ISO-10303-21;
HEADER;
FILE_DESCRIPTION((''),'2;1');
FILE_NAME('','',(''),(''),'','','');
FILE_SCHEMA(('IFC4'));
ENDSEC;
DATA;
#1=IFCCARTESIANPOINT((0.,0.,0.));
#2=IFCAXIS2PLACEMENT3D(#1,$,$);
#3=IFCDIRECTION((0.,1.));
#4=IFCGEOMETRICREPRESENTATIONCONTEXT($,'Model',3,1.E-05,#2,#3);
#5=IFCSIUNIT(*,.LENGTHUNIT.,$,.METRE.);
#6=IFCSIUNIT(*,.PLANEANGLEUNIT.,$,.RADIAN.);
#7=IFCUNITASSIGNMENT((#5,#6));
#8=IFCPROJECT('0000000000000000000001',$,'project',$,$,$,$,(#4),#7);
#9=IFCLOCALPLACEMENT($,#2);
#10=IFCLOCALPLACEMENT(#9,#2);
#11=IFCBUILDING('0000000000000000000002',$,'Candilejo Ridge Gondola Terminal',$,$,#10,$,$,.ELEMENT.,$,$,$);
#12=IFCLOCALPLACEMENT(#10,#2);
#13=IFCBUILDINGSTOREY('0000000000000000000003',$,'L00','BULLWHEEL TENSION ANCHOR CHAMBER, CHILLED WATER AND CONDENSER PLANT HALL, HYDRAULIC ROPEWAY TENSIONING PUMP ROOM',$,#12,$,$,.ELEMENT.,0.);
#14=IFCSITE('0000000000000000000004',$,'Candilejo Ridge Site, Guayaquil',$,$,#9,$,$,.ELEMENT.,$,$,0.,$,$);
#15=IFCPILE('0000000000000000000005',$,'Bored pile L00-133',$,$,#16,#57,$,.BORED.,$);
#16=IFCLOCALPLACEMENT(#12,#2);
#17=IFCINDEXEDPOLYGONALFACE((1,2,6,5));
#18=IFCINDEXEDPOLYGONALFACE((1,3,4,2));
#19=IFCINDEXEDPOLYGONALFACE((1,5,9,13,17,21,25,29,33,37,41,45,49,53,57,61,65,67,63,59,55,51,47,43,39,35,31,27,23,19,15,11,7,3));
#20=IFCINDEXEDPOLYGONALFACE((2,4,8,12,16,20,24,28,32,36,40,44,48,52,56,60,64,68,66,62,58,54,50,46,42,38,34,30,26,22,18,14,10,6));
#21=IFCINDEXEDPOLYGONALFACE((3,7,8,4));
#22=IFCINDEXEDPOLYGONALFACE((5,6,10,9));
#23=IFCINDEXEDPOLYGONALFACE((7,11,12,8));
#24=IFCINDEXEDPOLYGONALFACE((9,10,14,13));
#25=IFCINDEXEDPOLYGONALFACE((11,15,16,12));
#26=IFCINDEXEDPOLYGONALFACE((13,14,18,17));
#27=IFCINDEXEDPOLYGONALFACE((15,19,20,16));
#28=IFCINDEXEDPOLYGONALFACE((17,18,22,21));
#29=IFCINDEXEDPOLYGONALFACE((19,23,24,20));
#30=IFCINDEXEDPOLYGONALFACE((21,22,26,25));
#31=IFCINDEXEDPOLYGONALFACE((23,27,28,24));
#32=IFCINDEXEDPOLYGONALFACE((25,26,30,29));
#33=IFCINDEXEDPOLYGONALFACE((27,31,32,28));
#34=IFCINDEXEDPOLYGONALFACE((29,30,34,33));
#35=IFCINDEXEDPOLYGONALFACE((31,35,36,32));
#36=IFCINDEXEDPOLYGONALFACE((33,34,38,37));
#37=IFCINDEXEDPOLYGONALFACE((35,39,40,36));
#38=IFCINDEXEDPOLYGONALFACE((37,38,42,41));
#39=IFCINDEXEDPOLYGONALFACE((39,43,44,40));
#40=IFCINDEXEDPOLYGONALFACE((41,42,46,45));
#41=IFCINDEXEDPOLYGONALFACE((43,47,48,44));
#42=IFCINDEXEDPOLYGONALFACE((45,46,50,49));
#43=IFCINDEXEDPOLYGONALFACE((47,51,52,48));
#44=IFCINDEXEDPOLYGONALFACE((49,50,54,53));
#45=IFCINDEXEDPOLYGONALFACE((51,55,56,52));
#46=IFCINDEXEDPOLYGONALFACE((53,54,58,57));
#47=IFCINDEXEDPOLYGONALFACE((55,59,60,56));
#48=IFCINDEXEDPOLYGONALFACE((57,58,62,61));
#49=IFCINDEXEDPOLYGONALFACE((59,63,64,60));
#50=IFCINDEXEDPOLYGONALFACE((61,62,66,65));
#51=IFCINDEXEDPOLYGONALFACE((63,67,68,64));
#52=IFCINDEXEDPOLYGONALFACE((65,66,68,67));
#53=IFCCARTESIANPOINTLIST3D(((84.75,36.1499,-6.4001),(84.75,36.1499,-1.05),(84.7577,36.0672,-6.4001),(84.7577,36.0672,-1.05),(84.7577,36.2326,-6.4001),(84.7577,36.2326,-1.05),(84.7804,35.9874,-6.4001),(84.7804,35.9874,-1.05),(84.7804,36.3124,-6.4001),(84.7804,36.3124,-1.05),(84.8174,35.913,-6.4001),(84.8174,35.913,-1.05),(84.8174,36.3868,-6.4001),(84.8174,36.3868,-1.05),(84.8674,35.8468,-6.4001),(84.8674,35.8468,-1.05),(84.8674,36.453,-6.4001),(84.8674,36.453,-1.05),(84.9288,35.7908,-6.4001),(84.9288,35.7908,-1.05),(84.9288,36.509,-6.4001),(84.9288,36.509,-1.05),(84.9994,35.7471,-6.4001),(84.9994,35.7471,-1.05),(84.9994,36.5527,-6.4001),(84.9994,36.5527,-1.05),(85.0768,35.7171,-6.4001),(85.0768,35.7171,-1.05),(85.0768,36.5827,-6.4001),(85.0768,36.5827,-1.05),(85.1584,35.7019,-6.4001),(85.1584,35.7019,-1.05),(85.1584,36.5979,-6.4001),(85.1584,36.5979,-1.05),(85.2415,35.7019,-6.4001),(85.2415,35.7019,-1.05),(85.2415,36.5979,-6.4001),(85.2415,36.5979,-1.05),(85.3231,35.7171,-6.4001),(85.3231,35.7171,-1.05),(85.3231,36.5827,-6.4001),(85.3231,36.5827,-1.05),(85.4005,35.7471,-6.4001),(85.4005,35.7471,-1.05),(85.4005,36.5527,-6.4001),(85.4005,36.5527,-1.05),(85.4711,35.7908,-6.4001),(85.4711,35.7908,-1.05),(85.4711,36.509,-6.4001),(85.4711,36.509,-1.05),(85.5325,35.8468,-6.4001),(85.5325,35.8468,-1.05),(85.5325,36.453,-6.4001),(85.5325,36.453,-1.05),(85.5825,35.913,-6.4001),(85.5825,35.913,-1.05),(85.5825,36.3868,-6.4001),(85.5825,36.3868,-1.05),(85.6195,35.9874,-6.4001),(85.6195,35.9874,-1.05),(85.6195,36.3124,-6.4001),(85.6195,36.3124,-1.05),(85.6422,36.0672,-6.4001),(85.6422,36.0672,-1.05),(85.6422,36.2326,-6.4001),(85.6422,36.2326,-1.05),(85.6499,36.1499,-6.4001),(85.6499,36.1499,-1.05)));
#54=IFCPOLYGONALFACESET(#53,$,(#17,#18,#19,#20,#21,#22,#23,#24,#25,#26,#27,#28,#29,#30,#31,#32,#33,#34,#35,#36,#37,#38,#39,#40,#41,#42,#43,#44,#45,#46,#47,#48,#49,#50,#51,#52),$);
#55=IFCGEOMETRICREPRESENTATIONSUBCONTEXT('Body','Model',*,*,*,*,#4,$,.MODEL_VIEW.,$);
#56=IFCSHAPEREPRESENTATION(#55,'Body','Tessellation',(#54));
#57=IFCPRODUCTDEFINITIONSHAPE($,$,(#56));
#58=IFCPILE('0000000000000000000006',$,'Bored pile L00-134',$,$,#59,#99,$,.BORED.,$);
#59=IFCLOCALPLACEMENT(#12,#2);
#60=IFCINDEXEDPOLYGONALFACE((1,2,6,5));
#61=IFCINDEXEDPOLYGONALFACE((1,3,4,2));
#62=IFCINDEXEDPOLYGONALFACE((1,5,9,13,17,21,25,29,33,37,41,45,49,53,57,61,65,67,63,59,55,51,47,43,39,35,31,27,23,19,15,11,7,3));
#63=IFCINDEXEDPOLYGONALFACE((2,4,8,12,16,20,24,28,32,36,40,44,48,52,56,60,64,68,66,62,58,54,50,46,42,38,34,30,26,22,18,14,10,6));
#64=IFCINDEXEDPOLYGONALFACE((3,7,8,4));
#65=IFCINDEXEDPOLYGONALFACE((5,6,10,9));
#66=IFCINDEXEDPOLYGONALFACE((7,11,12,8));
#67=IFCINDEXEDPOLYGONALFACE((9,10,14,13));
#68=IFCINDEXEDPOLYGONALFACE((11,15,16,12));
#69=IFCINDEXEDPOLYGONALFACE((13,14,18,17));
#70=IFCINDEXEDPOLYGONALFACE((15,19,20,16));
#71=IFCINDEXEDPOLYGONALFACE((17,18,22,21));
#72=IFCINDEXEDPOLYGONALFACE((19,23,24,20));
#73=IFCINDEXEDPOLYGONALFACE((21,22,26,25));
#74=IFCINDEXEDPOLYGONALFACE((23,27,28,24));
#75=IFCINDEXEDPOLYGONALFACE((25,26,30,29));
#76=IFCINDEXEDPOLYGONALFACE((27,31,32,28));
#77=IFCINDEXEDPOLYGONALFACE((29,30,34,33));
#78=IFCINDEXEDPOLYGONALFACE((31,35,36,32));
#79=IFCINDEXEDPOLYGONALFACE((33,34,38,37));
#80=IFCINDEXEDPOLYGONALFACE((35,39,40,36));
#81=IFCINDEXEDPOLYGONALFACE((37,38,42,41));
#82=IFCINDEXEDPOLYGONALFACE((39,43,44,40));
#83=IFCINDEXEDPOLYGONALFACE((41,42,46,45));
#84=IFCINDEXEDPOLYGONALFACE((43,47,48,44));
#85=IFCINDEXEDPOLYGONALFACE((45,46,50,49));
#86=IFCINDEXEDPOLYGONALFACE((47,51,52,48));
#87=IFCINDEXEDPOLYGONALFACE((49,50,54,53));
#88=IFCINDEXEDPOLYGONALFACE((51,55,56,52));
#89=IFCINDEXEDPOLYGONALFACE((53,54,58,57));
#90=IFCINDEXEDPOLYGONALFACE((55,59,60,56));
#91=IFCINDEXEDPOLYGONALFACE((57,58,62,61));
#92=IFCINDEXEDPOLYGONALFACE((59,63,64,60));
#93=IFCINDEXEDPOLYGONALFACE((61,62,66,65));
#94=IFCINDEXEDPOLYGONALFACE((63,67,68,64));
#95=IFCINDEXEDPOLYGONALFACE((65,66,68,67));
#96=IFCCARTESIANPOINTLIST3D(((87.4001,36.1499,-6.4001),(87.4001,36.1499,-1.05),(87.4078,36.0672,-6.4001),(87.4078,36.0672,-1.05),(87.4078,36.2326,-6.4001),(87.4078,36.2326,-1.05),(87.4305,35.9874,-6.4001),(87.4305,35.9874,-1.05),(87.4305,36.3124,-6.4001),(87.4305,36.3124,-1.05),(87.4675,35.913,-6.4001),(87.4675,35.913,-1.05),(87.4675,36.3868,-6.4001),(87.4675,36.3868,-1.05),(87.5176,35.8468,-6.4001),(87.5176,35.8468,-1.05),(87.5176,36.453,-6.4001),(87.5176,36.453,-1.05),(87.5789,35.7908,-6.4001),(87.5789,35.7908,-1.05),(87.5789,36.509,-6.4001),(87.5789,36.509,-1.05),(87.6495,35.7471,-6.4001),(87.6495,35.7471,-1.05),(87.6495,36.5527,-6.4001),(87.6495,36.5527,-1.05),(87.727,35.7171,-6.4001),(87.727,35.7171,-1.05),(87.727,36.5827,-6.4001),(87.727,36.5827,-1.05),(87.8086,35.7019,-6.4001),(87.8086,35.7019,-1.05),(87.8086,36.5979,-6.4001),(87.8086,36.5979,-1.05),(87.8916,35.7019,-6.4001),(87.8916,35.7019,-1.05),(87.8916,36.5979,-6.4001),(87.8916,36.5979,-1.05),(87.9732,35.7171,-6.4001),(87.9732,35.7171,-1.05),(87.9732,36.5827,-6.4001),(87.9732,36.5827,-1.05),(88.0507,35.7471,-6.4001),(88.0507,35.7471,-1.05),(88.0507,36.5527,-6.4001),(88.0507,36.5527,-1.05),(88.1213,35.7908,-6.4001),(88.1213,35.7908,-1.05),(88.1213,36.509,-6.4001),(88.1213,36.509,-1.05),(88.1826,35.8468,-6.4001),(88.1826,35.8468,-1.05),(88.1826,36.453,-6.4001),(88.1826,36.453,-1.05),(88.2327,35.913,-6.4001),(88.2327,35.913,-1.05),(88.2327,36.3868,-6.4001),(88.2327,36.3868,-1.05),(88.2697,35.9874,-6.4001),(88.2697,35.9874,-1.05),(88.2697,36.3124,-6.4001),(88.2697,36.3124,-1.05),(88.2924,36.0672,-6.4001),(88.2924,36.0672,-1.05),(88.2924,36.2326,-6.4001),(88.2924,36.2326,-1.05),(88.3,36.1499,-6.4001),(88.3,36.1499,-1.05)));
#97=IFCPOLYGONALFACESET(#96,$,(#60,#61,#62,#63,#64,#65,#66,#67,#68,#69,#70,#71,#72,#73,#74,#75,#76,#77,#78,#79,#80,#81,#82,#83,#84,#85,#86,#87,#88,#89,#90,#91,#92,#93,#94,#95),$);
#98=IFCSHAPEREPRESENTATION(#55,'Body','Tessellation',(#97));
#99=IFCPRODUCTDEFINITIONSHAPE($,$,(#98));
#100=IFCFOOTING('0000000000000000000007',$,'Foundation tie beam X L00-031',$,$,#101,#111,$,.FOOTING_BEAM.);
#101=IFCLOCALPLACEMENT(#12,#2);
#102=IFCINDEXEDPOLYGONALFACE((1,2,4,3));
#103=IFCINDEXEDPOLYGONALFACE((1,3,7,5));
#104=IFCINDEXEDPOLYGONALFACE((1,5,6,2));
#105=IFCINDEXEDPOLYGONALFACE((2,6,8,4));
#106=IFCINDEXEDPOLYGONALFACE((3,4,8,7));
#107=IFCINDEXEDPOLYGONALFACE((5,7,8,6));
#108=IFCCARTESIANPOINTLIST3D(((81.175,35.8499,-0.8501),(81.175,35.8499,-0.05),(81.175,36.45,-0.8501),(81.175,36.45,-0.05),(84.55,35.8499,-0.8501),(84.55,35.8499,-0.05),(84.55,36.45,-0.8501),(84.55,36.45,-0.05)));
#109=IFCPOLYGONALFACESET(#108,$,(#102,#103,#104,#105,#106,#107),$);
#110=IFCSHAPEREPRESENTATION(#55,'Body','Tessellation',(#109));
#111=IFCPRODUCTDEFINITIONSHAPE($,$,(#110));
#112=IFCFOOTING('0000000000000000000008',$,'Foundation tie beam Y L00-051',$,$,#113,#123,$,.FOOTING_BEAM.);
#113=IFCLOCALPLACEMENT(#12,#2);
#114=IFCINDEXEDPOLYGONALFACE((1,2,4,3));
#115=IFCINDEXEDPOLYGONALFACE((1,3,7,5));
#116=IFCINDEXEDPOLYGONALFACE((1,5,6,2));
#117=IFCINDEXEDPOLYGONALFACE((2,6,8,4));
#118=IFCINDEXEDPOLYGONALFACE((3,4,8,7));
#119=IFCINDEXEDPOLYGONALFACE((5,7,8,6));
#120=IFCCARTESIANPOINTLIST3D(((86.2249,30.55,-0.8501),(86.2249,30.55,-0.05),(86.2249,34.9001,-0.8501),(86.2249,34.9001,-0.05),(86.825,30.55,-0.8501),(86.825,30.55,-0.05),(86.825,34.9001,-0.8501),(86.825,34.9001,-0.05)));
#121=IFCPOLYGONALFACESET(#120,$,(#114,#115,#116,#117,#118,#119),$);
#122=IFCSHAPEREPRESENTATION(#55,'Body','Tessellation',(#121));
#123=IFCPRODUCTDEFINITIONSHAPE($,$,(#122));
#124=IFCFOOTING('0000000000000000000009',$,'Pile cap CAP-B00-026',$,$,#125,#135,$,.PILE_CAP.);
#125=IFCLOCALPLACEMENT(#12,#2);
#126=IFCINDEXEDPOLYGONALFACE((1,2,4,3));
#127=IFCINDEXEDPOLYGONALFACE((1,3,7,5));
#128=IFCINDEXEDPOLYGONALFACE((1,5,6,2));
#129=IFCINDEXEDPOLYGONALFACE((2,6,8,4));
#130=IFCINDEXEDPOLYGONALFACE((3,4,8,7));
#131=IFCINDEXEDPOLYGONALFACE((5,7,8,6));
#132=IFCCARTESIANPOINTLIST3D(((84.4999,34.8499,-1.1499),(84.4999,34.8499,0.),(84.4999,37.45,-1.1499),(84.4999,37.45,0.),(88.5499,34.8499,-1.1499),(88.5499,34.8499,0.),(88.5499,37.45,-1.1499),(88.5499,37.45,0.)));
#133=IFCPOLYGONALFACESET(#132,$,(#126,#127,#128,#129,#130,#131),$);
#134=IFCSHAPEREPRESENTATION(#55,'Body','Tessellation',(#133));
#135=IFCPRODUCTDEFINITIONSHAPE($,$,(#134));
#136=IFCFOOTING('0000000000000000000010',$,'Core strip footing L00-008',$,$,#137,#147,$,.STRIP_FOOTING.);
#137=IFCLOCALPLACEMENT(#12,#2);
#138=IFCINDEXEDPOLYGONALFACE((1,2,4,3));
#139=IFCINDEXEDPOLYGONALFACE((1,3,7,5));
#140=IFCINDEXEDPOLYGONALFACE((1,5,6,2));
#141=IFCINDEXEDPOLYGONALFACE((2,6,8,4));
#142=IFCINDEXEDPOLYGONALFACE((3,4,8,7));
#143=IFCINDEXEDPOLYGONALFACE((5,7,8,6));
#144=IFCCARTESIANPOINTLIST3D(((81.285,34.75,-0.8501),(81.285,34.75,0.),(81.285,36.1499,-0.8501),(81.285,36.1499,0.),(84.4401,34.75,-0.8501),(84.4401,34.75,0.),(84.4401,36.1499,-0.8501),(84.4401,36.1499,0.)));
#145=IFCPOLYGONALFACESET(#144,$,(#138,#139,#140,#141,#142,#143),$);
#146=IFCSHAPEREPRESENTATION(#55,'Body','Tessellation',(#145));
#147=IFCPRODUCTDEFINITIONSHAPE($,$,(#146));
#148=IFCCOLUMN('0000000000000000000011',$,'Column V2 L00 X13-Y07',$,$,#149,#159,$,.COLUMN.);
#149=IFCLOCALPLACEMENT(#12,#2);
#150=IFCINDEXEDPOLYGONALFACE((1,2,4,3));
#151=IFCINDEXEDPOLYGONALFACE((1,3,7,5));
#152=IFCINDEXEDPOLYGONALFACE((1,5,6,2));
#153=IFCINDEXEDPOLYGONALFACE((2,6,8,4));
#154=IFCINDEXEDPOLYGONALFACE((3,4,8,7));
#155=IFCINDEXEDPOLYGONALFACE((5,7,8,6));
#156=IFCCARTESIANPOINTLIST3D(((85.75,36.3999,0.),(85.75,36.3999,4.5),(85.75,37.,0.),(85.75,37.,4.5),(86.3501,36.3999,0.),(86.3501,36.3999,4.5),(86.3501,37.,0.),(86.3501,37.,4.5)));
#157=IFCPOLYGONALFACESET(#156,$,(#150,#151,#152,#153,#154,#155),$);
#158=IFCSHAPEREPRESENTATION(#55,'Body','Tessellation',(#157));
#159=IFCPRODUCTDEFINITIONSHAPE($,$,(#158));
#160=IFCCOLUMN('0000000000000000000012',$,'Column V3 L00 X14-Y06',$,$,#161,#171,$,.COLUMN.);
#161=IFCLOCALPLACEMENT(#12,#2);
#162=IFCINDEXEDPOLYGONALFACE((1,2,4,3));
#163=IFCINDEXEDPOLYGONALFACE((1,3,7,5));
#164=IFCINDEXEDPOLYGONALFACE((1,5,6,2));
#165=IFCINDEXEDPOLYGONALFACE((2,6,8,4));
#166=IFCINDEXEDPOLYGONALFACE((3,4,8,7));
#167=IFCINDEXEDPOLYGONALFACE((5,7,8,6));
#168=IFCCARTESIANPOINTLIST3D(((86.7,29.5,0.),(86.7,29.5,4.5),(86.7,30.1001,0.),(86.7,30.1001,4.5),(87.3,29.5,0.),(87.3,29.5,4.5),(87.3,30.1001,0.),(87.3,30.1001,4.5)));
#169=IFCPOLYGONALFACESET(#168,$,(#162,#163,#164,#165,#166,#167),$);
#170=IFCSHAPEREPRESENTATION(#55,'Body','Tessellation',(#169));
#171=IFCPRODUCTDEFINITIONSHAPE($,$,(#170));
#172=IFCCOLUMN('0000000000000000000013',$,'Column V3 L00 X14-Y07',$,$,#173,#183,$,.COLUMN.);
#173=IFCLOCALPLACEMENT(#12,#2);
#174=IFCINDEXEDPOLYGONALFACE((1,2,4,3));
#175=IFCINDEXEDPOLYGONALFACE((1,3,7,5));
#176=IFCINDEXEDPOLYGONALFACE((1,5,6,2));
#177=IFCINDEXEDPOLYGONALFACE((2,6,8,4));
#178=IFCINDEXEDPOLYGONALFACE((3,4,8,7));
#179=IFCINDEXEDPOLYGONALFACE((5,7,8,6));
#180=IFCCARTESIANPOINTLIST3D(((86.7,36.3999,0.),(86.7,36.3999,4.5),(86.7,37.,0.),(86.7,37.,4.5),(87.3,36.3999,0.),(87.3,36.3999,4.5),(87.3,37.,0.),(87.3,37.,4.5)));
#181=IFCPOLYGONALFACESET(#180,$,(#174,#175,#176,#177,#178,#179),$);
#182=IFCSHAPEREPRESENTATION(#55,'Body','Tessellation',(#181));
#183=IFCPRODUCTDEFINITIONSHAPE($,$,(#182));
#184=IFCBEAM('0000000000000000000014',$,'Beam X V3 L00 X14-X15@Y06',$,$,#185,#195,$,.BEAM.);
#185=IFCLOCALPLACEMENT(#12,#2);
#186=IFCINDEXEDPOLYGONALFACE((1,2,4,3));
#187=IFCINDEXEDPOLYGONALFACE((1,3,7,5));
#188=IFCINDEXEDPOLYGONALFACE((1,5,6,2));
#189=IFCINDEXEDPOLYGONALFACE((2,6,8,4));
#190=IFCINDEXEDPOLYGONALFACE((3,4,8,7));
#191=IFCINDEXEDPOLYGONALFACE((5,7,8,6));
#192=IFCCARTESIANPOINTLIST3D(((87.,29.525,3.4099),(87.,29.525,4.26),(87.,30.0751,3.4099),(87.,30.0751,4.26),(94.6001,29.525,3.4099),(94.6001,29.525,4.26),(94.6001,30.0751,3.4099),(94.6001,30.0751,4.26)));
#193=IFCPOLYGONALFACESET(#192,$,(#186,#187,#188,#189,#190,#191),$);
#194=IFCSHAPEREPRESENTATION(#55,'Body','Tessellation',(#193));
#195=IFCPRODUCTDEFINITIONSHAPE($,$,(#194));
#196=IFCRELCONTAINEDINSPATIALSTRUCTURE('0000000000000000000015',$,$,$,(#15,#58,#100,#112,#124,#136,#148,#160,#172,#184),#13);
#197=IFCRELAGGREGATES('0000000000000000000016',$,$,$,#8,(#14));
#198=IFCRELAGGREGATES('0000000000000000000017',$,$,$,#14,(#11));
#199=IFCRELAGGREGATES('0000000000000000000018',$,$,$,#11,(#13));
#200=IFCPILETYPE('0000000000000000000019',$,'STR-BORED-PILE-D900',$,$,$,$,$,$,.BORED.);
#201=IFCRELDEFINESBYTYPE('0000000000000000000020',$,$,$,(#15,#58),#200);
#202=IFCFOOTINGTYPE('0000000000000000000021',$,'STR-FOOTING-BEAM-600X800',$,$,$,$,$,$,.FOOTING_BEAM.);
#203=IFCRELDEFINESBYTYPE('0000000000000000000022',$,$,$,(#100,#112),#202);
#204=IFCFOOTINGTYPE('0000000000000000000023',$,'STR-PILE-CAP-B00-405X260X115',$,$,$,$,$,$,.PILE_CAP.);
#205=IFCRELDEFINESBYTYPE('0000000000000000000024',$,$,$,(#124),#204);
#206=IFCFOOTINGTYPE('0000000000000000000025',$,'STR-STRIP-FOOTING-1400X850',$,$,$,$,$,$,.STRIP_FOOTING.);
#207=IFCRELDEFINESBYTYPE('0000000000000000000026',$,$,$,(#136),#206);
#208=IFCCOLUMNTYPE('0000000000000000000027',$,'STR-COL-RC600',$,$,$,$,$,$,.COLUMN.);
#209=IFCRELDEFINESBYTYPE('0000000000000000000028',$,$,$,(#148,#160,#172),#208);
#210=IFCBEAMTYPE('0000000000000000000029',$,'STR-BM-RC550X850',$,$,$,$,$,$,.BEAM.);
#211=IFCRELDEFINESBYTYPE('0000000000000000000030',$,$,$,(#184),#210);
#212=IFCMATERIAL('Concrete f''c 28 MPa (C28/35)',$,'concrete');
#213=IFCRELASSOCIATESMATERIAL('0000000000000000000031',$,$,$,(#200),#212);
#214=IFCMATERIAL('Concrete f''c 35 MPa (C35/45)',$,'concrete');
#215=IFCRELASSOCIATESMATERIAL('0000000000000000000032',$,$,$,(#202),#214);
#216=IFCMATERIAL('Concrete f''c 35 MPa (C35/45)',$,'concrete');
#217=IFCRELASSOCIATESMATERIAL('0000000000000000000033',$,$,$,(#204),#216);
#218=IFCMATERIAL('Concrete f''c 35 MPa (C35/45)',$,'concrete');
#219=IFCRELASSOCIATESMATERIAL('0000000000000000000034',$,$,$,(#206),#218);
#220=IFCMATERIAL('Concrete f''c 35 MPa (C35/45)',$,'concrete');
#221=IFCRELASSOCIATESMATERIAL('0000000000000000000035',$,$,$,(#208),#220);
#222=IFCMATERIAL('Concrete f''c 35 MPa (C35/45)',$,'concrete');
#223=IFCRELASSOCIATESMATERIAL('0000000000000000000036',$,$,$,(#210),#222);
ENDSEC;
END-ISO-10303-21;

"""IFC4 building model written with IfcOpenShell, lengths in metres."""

from ifc_helpers import new_model, si_unit, direction, frame, origin, origin_2d, place, context, subcontext, project, spatial, rectangle, circle, extrude, material, material_profile, profile_set, type_object, element, save


model = new_model("IFC4")

# Units and contexts
model_context = context("Model", 3, precision=1e-05, world=origin(), true_north=direction((0.0, 1.0)))
body_context = subcontext(model_context, "Body", "Model", "MODEL_VIEW")
ifc_project = project(units=[si_unit("LENGTHUNIT", "METRE"), si_unit("PLANEANGLEUNIT", "RADIAN")], contexts=[model_context])

# Site, building, storey
site_placement = place(None, origin())
site = spatial("IfcSite", under=ifc_project, at=site_placement, Name="Candilejo Ridge Site, Guayaquil", CompositionType="ELEMENT", RefElevation=0.0)
building_placement = place(site_placement, origin())
building = spatial("IfcBuilding", under=site, at=building_placement, Name="Candilejo Ridge Gondola Terminal", CompositionType="ELEMENT")
storey_placement = place(building_placement, origin())
storey = spatial("IfcBuildingStorey", under=building, at=storey_placement, Name="L00", Description="BULLWHEEL TENSION ANCHOR CHAMBER, CHILLED WATER AND CONDENSER PLANT HALL, HYDRAULIC ROPEWAY TENSIONING PUMP ROOM", CompositionType="ELEMENT", Elevation=0.0)

# Piles
ifc_material_1 = material(Name="Concrete f'c 28 MPa (C28/35)", Category="concrete")
ifc_material_profile_1 = material_profile(ifc_material_1, circle(Radius=0.45, at=origin_2d()))
ifc_profile_set_1 = profile_set([ifc_material_profile_1], Name="Concrete f'c 28 MPa (C28/35)")
pile_type = type_object("IfcPileType", Name="STR-BORED-PILE-D900", PredefinedType="BORED", material=ifc_profile_set_1)
for number, where, z_axis, x_axis, name in (
    (1, (85.2, 36.1499, -1.05), (0.0, 0.0, -1.0), (1.0, 0.0, 0.0), "Bored pile L00-133"),
    (2, (87.8501, 36.1499, -1.05), (0.0, 0.0, -1.0), (1.0, 0.0, 0.0), "Bored pile L00-134"),
):
    element("IfcPile", number, at=place(storey_placement, frame(where, z_axis=z_axis, x_axis=x_axis)), inside=storey, type_object=pile_type, Name=name, PredefinedType="BORED", context=body_context, shape_type="SweptSolid", body=[
        extrude(circle(Radius=0.45, at=origin_2d()), origin(), (0.0, 0.0, 1.0), 5.3501),
    ])

# Footings
ifc_material_2 = material(Name="Concrete f'c 35 MPa (C35/45)", Category="concrete")
footing_type_1 = type_object("IfcFootingType", Name="STR-FOOTING-BEAM-600X800", PredefinedType="FOOTING_BEAM", material=ifc_material_2)
footing_1_placement = place(storey_placement, frame((82.8625, 36.1499, -0.8501), z_axis=(0.0, 0.0, 1.0), x_axis=(1.0, 0.0, 0.0)))
element("IfcFooting", 3, at=footing_1_placement, inside=storey, type_object=footing_type_1, Name="Foundation tie beam X L00-031", PredefinedType="FOOTING_BEAM", context=body_context, shape_type="SweptSolid", body=[
    extrude(rectangle(XDim=3.375, YDim=0.6001, at=origin_2d()), origin(), (0.0, 0.0, 1.0), 0.8),
])
footing_2_placement = place(storey_placement, frame((86.5249, 32.7251, -0.8501), z_axis=(0.0, 0.0, 1.0), x_axis=(1.0, 0.0, 0.0)))
element("IfcFooting", 4, at=footing_2_placement, inside=storey, type_object=footing_type_1, Name="Foundation tie beam Y L00-051", PredefinedType="FOOTING_BEAM", context=body_context, shape_type="SweptSolid", body=[
    extrude(rectangle(XDim=0.6001, YDim=4.3501, at=origin_2d()), origin(), (0.0, 0.0, 1.0), 0.8),
])
ifc_material_3 = material(Name="Concrete f'c 35 MPa (C35/45)", Category="concrete")
footing_type_2 = type_object("IfcFootingType", Name="STR-PILE-CAP-B00-405X260X115", PredefinedType="PILE_CAP", material=ifc_material_3)
footing_3_placement = place(storey_placement, frame((86.5249, 36.1499, -1.1499), z_axis=(0.0, 0.0, 1.0), x_axis=(1.0, 0.0, 0.0)))
element("IfcFooting", 5, at=footing_3_placement, inside=storey, type_object=footing_type_2, Name="Pile cap CAP-B00-026", PredefinedType="PILE_CAP", context=body_context, shape_type="SweptSolid", body=[
    extrude(rectangle(XDim=4.05, YDim=2.6001, at=origin_2d()), origin(), (0.0, 0.0, 1.0), 1.1499),
])
ifc_material_4 = material(Name="Concrete f'c 35 MPa (C35/45)", Category="concrete")
footing_type_3 = type_object("IfcFootingType", Name="STR-STRIP-FOOTING-1400X850", PredefinedType="STRIP_FOOTING", material=ifc_material_4)
footing_4_placement = place(storey_placement, frame((82.8625, 35.45, -0.8501), z_axis=(0.0, 0.0, 1.0), x_axis=(1.0, 0.0, 0.0)))
element("IfcFooting", 6, at=footing_4_placement, inside=storey, type_object=footing_type_3, Name="Core strip footing L00-008", PredefinedType="STRIP_FOOTING", context=body_context, shape_type="SweptSolid", body=[
    extrude(rectangle(XDim=3.155, YDim=1.3999, at=origin_2d()), origin(), (0.0, 0.0, 1.0), 0.8501),
])

# Columns
ifc_material_5 = material(Name="Concrete f'c 35 MPa (C35/45)", Category="concrete")
ifc_material_profile_2 = material_profile(ifc_material_5, rectangle(XDim=0.6001, YDim=0.6001, at=origin_2d()))
ifc_profile_set_2 = profile_set([ifc_material_profile_2], Name="Concrete f'c 35 MPa (C35/45)")
column_type = type_object("IfcColumnType", Name="STR-COL-RC600", PredefinedType="COLUMN", material=ifc_profile_set_2)
for number, where, z_axis, x_axis, name in (
    (7, (86.05, 36.7, 0.0), (0.0, 0.0, 1.0), (1.0, 0.0, 0.0), "Column V2 L00 X13-Y07"),
    (8, (87.0, 29.8, 0.0), (0.0, 0.0, 1.0), (1.0, 0.0, 0.0), "Column V3 L00 X14-Y06"),
    (9, (87.0, 36.7, 0.0), (0.0, 0.0, 1.0), (1.0, 0.0, 0.0), "Column V3 L00 X14-Y07"),
):
    element("IfcColumn", number, at=place(storey_placement, frame(where, z_axis=z_axis, x_axis=x_axis)), inside=storey, type_object=column_type, Name=name, PredefinedType="COLUMN", context=body_context, shape_type="SweptSolid", body=[
        extrude(rectangle(XDim=0.6001, YDim=0.6001, at=origin_2d()), origin(), (0.0, 0.0, 1.0), 4.5),
    ])

# Beam
ifc_material_6 = material(Name="Concrete f'c 35 MPa (C35/45)", Category="concrete")
ifc_material_profile_3 = material_profile(ifc_material_6, rectangle(XDim=0.55, YDim=0.8501, at=origin_2d()))
ifc_profile_set_3 = profile_set([ifc_material_profile_3], Name="Concrete f'c 35 MPa (C35/45)")
beam_type_1 = type_object("IfcBeamType", Name="STR-BM-RC550X850", PredefinedType="BEAM", material=ifc_profile_set_3)
beam_1_placement = place(storey_placement, frame((87.0, 29.8, 3.835), z_axis=(1.0, 0.0, 0.0), x_axis=(0.0, 1.0, 0.0)))
element("IfcBeam", 10, at=beam_1_placement, inside=storey, type_object=beam_type_1, Name="Beam X V3 L00 X14-X15@Y06", PredefinedType="BEAM", context=body_context, shape_type="SweptSolid", body=[
    extrude(rectangle(XDim=0.55, YDim=0.8501, at=origin_2d()), origin(), (0.0, 0.0, 1.0), 7.6001),
])

save(model, "model.ifc")
